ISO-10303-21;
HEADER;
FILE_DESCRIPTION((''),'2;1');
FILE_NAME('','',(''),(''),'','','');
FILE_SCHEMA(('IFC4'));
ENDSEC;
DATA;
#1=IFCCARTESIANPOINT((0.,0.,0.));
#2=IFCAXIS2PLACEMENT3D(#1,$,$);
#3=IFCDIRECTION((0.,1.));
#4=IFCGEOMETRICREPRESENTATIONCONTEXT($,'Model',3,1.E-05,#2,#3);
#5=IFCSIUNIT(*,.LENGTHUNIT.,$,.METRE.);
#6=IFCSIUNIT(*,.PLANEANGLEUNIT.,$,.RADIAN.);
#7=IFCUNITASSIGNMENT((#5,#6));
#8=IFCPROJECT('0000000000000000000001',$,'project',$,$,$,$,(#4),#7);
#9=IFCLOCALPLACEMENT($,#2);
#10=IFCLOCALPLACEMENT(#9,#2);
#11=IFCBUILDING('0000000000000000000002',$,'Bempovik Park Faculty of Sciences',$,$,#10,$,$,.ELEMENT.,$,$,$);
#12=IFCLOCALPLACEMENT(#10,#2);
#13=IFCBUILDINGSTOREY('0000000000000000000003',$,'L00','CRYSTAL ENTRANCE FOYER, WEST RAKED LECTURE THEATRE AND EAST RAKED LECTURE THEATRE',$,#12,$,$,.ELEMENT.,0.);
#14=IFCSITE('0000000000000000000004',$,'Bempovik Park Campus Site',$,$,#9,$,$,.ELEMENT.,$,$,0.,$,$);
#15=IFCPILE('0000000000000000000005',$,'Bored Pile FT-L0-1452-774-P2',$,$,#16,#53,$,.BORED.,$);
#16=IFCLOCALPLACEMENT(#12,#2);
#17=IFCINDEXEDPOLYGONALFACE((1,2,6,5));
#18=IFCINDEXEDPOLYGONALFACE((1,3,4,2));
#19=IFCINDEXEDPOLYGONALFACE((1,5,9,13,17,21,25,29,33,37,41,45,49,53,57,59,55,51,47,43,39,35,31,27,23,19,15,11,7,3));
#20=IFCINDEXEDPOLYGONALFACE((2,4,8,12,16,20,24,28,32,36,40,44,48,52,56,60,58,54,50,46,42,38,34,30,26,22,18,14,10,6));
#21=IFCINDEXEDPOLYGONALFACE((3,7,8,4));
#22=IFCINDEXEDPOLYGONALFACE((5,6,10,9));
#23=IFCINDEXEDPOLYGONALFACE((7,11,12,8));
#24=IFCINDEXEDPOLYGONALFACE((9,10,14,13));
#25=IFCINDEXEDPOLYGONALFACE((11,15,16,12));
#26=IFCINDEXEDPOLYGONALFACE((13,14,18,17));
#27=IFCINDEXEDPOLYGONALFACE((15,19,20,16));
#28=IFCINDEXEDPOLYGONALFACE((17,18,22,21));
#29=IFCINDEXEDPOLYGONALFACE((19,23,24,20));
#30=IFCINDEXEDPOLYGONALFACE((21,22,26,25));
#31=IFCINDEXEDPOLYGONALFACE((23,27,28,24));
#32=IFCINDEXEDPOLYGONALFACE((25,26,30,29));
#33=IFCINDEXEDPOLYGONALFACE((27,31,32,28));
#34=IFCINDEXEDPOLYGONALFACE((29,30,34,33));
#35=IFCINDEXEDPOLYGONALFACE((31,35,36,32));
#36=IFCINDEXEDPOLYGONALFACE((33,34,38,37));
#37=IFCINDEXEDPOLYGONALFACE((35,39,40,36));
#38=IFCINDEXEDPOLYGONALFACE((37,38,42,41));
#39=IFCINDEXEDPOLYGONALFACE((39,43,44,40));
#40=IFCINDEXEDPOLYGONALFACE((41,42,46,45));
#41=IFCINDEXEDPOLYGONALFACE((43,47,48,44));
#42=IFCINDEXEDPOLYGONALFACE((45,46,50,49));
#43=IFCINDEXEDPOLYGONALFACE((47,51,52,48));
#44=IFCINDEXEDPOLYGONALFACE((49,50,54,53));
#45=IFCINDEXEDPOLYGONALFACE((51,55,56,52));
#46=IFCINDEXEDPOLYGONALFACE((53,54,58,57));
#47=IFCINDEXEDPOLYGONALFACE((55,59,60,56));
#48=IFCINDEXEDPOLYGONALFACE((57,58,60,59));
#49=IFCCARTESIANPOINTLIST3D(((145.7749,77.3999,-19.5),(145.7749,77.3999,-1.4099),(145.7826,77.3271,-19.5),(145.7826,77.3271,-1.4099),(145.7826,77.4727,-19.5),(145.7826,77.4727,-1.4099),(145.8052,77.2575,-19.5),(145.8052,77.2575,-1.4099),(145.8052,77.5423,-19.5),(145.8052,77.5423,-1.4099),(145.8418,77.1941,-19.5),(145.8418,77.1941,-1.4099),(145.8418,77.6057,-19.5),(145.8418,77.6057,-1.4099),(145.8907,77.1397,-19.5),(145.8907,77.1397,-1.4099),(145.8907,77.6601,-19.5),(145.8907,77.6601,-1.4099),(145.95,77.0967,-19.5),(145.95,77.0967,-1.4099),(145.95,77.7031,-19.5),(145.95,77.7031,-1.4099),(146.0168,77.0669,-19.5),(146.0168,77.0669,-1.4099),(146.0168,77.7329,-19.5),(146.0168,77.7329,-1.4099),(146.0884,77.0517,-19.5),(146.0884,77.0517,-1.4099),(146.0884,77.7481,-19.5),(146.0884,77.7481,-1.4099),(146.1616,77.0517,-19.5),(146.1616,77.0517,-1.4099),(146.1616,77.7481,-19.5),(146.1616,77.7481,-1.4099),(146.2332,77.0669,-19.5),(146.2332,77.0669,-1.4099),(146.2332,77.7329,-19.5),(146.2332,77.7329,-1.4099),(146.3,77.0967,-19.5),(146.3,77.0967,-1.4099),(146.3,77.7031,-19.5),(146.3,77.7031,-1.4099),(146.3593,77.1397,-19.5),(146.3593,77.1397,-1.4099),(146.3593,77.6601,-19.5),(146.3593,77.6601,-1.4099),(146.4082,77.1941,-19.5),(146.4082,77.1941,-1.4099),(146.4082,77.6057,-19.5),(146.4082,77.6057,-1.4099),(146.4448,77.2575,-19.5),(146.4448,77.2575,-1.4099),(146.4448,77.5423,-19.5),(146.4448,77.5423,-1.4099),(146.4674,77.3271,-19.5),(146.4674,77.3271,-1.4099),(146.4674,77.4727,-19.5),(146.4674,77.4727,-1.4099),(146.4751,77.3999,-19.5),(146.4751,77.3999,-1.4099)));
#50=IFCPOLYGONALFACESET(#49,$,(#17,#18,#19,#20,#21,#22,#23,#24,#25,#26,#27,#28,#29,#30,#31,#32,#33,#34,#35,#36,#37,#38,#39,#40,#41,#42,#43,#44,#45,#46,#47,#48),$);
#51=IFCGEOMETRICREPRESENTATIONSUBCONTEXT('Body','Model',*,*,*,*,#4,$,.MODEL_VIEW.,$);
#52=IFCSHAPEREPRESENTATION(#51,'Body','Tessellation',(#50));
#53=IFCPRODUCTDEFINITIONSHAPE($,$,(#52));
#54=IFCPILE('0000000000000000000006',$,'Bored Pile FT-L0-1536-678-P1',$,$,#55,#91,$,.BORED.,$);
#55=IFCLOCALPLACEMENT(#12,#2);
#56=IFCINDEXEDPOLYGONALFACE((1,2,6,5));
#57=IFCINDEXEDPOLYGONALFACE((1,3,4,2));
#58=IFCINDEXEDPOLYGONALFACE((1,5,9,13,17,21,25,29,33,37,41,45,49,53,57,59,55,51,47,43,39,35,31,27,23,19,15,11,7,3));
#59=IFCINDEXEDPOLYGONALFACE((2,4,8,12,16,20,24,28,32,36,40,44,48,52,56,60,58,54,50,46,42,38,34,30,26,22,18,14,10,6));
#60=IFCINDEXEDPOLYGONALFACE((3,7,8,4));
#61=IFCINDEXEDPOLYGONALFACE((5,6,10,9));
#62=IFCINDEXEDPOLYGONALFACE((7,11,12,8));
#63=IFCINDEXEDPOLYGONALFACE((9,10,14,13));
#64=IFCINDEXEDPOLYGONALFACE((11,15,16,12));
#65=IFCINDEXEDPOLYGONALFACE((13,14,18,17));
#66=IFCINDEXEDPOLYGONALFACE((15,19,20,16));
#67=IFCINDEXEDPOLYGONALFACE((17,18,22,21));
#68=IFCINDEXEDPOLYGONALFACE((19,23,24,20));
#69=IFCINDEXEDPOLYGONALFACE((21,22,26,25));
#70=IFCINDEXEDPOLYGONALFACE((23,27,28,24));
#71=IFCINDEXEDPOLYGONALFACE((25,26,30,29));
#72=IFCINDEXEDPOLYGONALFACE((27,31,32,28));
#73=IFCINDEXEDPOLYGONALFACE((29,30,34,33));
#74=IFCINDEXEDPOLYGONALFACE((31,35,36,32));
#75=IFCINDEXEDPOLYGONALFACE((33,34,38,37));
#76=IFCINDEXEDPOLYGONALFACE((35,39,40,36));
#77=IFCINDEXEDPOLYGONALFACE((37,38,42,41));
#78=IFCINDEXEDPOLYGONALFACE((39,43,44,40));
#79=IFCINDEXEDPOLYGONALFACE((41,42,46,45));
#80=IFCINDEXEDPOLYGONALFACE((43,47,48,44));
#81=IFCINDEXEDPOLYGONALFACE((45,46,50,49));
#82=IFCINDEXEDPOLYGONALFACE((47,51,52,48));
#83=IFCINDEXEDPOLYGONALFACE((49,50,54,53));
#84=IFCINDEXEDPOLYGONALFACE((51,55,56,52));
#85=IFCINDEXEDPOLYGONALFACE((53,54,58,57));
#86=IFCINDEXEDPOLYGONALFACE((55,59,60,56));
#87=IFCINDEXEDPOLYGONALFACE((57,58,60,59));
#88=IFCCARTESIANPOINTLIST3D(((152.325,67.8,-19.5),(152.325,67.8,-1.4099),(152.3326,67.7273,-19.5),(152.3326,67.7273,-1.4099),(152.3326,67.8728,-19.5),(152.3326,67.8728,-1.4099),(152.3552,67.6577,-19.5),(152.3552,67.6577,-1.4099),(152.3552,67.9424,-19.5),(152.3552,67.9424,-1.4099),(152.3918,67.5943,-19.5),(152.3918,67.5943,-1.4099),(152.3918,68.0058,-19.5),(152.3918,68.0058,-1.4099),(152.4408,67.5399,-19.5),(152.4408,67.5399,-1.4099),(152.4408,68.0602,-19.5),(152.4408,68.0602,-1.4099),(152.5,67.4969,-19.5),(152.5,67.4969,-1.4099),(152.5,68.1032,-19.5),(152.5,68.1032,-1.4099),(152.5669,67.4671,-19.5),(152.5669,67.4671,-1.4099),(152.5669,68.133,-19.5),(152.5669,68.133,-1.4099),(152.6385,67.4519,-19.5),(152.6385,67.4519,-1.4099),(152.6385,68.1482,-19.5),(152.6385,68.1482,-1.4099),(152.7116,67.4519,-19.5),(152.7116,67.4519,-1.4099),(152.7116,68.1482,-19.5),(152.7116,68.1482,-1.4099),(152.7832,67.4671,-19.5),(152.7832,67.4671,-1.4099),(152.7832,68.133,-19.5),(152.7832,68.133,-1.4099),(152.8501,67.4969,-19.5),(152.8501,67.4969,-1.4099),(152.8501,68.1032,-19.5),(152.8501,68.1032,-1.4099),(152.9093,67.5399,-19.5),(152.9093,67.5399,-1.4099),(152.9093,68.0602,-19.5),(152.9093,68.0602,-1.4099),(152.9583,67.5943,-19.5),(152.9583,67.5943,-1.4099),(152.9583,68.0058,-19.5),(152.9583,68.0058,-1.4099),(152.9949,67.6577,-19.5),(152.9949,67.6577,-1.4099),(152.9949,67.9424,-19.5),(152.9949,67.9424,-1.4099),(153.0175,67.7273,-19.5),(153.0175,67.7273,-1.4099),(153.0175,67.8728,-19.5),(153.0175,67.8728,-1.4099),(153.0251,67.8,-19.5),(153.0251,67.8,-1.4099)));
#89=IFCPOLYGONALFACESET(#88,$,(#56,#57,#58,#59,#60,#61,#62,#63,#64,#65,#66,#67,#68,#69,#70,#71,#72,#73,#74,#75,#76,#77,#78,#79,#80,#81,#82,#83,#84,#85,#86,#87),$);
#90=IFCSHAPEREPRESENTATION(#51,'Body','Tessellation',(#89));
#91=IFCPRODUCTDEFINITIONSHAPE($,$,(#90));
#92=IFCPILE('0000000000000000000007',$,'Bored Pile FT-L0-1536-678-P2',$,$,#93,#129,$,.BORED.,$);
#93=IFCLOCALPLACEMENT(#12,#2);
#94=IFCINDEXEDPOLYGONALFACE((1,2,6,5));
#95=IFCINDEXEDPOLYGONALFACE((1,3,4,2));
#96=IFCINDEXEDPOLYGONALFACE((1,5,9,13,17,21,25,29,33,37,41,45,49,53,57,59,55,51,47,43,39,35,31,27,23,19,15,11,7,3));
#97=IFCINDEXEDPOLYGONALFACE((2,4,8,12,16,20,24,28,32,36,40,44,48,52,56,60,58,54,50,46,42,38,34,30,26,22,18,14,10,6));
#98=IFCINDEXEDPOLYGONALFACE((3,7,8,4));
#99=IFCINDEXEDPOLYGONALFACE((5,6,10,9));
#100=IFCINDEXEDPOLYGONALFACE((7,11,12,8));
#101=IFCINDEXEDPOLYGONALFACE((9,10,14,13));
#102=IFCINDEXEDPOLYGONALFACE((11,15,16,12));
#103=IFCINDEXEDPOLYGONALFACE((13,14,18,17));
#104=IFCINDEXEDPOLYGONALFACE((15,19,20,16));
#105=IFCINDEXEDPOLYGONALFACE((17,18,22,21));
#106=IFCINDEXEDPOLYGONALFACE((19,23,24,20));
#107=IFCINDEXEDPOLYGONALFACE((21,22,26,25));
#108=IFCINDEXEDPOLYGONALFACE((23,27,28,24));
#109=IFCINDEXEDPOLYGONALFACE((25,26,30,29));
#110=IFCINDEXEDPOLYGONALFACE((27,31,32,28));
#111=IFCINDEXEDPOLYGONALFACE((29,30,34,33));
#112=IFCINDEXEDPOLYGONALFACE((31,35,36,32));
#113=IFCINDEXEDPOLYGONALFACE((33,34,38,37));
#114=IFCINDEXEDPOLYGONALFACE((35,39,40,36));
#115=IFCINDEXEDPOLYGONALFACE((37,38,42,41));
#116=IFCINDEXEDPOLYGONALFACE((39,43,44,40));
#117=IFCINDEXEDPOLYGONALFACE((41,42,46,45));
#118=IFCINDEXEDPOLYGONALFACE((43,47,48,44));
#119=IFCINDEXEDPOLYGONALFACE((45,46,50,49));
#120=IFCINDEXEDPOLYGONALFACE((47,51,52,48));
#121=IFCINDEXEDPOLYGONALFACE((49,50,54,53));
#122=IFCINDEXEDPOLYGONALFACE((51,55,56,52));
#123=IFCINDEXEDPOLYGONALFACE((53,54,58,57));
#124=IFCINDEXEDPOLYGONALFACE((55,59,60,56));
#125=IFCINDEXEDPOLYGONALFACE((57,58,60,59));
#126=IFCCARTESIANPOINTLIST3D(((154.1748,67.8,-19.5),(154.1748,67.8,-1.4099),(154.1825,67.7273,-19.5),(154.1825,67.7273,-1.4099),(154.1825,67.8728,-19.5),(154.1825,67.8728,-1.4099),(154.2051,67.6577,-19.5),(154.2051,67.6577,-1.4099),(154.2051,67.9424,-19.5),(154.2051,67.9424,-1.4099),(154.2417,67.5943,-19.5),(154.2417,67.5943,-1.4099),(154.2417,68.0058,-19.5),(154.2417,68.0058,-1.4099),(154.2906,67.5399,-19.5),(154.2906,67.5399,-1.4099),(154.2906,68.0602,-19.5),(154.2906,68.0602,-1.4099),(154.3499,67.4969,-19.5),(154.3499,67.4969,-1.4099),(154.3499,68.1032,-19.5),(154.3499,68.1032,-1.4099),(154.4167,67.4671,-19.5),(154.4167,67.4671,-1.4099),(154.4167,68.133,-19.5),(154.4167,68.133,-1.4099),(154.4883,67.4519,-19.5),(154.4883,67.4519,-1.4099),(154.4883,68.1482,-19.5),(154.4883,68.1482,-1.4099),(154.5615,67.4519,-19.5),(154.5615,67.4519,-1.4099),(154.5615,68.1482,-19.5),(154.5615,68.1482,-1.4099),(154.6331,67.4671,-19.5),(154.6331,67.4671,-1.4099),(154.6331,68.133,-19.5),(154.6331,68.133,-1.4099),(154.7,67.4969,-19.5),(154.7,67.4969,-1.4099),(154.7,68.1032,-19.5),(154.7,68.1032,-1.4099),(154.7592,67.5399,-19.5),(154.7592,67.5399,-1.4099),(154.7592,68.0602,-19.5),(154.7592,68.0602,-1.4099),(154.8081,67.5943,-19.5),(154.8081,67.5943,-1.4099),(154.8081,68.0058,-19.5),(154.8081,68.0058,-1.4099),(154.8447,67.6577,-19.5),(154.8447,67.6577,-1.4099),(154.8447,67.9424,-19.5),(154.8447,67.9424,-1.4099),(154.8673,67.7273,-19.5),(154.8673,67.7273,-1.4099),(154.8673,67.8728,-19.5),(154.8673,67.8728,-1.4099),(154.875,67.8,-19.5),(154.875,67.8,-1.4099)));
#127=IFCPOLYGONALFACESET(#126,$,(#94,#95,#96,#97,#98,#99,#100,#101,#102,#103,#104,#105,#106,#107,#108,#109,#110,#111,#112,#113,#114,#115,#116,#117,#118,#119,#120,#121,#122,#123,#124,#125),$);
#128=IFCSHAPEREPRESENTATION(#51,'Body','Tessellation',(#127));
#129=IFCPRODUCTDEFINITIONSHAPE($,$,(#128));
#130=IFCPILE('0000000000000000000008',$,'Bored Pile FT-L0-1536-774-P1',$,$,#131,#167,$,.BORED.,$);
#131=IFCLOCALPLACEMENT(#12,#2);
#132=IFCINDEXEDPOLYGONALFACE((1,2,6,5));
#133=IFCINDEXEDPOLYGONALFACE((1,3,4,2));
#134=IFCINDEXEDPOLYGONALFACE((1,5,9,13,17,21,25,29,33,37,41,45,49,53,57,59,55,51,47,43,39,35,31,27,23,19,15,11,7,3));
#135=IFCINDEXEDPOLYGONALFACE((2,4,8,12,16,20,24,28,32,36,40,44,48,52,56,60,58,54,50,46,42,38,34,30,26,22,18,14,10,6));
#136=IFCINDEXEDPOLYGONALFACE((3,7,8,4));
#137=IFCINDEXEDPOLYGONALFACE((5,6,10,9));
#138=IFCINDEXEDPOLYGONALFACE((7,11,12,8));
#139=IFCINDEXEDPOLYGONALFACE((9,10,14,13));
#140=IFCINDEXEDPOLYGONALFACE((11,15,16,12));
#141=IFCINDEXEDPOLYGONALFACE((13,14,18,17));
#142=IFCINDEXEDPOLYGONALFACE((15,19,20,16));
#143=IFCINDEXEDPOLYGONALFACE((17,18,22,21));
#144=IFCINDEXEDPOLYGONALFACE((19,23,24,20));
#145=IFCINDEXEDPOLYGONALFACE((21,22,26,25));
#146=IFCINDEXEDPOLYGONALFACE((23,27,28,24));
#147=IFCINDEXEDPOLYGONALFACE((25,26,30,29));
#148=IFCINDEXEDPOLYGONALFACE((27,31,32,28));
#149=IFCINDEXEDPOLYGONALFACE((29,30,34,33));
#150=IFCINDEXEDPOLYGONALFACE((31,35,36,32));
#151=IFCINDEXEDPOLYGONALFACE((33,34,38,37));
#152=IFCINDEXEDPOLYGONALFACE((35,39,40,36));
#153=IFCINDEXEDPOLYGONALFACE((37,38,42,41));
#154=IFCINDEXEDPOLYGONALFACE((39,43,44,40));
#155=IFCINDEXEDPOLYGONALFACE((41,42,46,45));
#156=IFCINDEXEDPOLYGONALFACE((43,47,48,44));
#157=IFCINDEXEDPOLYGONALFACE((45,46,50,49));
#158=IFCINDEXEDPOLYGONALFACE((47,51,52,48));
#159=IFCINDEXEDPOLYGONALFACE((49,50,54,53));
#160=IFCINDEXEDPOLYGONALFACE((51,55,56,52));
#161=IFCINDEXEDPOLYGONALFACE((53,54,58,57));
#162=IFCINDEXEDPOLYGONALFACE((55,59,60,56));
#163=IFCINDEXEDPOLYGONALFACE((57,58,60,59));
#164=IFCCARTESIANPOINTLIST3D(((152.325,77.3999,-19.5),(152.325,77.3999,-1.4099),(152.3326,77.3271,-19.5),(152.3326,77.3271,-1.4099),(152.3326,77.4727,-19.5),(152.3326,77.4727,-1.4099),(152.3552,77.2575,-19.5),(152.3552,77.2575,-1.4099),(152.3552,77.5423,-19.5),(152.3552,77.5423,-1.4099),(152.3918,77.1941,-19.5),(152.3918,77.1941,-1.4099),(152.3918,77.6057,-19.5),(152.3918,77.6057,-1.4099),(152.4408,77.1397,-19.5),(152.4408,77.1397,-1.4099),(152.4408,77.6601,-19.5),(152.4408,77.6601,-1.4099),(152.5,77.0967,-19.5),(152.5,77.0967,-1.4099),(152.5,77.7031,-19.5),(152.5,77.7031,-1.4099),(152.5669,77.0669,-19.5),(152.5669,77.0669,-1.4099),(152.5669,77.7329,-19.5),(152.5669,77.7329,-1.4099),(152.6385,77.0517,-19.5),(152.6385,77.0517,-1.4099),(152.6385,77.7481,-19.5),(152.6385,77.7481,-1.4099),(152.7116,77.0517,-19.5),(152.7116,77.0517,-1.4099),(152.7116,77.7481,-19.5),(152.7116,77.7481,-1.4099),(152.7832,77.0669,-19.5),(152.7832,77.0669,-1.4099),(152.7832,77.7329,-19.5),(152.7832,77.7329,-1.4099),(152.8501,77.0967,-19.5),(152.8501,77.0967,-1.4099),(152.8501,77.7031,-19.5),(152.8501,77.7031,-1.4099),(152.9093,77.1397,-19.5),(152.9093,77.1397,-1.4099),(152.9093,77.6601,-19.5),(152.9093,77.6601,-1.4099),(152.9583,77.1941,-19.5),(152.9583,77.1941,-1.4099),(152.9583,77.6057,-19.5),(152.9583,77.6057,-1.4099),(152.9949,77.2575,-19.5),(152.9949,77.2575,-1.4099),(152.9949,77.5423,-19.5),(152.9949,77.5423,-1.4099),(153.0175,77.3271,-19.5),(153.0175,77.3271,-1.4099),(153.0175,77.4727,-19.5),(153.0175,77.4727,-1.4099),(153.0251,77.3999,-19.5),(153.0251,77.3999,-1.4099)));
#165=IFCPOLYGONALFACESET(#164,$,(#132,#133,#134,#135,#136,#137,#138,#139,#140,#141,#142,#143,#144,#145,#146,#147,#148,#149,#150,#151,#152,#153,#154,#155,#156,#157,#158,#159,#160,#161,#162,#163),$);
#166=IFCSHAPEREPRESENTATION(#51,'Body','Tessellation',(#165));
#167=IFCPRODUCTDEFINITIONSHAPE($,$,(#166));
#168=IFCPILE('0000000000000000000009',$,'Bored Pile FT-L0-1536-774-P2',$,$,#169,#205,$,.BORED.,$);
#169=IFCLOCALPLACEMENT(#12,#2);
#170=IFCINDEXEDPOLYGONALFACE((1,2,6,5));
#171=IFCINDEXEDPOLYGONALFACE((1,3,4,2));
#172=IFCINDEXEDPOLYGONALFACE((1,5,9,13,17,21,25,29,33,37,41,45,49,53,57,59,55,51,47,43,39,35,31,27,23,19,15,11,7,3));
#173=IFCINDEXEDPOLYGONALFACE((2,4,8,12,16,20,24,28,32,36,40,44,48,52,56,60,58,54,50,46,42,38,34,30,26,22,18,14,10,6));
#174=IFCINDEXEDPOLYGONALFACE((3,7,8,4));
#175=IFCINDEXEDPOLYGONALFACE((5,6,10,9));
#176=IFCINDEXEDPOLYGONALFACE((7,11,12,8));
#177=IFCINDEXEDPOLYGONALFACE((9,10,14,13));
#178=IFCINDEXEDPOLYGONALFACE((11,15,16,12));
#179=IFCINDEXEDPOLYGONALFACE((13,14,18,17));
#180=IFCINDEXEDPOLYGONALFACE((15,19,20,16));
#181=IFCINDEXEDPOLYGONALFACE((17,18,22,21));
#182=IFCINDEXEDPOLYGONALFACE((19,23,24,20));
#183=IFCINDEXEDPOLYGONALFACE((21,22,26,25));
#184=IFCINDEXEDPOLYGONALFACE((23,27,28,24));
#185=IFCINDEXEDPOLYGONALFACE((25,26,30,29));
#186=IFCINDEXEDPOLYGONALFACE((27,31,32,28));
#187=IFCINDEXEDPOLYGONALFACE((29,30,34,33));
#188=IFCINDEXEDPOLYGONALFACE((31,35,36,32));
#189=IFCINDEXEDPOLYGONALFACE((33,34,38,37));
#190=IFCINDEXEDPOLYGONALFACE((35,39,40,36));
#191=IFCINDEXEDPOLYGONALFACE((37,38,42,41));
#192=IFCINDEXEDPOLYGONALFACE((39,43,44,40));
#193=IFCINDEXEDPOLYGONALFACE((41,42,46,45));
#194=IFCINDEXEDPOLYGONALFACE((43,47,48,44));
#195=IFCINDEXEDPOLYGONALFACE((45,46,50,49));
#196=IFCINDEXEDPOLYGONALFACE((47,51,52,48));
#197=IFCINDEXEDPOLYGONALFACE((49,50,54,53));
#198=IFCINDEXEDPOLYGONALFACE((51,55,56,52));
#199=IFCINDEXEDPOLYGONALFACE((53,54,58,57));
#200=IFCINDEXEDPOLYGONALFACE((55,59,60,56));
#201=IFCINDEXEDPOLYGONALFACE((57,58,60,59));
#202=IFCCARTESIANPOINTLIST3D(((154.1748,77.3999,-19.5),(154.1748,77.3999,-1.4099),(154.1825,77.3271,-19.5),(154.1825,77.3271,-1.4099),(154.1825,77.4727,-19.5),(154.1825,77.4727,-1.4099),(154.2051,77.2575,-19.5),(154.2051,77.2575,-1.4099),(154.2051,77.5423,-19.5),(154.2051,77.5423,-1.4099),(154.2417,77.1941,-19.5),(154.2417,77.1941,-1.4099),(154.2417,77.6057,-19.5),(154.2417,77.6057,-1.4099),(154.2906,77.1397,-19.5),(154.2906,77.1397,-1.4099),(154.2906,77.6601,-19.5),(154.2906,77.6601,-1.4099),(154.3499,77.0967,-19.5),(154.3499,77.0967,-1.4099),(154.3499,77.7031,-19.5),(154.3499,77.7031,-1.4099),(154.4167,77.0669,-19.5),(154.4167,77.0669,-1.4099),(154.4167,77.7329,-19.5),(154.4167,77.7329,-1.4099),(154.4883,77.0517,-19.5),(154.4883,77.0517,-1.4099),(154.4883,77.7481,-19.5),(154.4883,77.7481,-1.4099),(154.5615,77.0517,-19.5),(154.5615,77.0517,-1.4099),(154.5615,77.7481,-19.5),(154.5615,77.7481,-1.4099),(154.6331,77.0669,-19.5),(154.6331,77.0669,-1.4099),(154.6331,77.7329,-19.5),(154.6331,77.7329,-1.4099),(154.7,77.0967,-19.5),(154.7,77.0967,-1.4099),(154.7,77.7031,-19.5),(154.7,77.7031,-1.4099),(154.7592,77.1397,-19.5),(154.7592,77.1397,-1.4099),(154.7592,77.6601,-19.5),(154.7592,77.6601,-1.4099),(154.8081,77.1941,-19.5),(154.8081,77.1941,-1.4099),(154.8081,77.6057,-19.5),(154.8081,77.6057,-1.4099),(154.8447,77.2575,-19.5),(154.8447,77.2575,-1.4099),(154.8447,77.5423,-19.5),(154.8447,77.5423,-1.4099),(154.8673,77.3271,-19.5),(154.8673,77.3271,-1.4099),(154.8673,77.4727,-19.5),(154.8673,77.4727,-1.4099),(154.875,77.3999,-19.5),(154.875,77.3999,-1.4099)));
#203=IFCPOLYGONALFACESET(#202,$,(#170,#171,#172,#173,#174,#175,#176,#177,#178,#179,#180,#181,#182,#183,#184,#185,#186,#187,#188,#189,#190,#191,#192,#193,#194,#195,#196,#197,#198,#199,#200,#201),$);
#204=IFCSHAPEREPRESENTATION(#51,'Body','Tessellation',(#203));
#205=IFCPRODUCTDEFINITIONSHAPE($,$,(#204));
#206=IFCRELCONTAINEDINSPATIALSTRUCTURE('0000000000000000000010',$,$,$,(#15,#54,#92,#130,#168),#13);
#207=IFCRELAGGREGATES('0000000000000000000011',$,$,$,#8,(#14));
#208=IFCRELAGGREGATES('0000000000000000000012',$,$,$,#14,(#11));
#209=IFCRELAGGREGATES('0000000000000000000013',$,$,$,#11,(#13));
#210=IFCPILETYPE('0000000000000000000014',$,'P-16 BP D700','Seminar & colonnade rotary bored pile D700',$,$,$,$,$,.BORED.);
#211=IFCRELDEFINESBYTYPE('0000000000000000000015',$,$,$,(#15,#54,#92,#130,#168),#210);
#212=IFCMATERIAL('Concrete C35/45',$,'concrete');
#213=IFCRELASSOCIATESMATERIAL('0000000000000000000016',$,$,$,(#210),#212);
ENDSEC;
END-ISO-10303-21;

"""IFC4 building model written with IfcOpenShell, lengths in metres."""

from ifc_helpers import new_model, si_unit, direction, frame, origin, origin_2d, place, context, subcontext, project, spatial, circle, extrude, material, material_profile, profile_set, type_object, element, save


model = new_model("IFC4")

# Units and contexts
model_context = context("Model", 3, precision=1e-05, world=origin(), true_north=direction((0.0, 1.0)))
body_context = subcontext(model_context, "Body", "Model", "MODEL_VIEW")
ifc_project = project(units=[si_unit("LENGTHUNIT", "METRE"), si_unit("PLANEANGLEUNIT", "RADIAN")], contexts=[model_context])

# Site, building, storey
site_placement = place(None, origin())
site = spatial("IfcSite", under=ifc_project, at=site_placement, Name="Bempovik Park Campus Site", CompositionType="ELEMENT", RefElevation=0.0)
building_placement = place(site_placement, origin())
building = spatial("IfcBuilding", under=site, at=building_placement, Name="Bempovik Park Faculty of Sciences", CompositionType="ELEMENT")
storey_placement = place(building_placement, origin())
storey = spatial("IfcBuildingStorey", under=building, at=storey_placement, Name="L00", Description="CRYSTAL ENTRANCE FOYER, WEST RAKED LECTURE THEATRE AND EAST RAKED LECTURE THEATRE", CompositionType="ELEMENT", Elevation=0.0)

# Shared definitions
ifc_material_1 = material(Name="Concrete C35/45", Category="concrete")

# Piles
ifc_material_profile_1 = material_profile(ifc_material_1, circle(Radius=0.3501, at=origin_2d()), Name="BP D700")
ifc_profile_set_1 = profile_set([ifc_material_profile_1], Name="Concrete C35/45")
pile_type = type_object("IfcPileType", Name="P-16 BP D700", Description="Seminar & colonnade rotary bored pile D700", PredefinedType="BORED", material=ifc_profile_set_1)
for number, where, z_axis, x_axis, name in (
    (1, (146.125, 77.3999, -1.4099), (0.0, 0.0, -1.0), (1.0, 0.0, 0.0), "Bored Pile FT-L0-1452-774-P2"),
    (2, (152.675, 67.8, -1.4099), (0.0, 0.0, -1.0), (1.0, 0.0, 0.0), "Bored Pile FT-L0-1536-678-P1"),
    (3, (154.5249, 67.8, -1.4099), (0.0, 0.0, -1.0), (1.0, 0.0, 0.0), "Bored Pile FT-L0-1536-678-P2"),
    (4, (152.675, 77.3999, -1.4099), (0.0, 0.0, -1.0), (1.0, 0.0, 0.0), "Bored Pile FT-L0-1536-774-P1"),
    (5, (154.5249, 77.3999, -1.4099), (0.0, 0.0, -1.0), (1.0, 0.0, 0.0), "Bored Pile FT-L0-1536-774-P2"),
):
    element("IfcPile", number, at=place(storey_placement, frame(where, z_axis=z_axis, x_axis=x_axis)), inside=storey, type_object=pile_type, Name=name, PredefinedType="BORED", context=body_context, shape_type="SweptSolid", body=[
        extrude(circle(Radius=0.3501, at=origin_2d()), origin(), (0.0, 0.0, 1.0), 18.0901),
    ])

save(model, "model.ifc")
